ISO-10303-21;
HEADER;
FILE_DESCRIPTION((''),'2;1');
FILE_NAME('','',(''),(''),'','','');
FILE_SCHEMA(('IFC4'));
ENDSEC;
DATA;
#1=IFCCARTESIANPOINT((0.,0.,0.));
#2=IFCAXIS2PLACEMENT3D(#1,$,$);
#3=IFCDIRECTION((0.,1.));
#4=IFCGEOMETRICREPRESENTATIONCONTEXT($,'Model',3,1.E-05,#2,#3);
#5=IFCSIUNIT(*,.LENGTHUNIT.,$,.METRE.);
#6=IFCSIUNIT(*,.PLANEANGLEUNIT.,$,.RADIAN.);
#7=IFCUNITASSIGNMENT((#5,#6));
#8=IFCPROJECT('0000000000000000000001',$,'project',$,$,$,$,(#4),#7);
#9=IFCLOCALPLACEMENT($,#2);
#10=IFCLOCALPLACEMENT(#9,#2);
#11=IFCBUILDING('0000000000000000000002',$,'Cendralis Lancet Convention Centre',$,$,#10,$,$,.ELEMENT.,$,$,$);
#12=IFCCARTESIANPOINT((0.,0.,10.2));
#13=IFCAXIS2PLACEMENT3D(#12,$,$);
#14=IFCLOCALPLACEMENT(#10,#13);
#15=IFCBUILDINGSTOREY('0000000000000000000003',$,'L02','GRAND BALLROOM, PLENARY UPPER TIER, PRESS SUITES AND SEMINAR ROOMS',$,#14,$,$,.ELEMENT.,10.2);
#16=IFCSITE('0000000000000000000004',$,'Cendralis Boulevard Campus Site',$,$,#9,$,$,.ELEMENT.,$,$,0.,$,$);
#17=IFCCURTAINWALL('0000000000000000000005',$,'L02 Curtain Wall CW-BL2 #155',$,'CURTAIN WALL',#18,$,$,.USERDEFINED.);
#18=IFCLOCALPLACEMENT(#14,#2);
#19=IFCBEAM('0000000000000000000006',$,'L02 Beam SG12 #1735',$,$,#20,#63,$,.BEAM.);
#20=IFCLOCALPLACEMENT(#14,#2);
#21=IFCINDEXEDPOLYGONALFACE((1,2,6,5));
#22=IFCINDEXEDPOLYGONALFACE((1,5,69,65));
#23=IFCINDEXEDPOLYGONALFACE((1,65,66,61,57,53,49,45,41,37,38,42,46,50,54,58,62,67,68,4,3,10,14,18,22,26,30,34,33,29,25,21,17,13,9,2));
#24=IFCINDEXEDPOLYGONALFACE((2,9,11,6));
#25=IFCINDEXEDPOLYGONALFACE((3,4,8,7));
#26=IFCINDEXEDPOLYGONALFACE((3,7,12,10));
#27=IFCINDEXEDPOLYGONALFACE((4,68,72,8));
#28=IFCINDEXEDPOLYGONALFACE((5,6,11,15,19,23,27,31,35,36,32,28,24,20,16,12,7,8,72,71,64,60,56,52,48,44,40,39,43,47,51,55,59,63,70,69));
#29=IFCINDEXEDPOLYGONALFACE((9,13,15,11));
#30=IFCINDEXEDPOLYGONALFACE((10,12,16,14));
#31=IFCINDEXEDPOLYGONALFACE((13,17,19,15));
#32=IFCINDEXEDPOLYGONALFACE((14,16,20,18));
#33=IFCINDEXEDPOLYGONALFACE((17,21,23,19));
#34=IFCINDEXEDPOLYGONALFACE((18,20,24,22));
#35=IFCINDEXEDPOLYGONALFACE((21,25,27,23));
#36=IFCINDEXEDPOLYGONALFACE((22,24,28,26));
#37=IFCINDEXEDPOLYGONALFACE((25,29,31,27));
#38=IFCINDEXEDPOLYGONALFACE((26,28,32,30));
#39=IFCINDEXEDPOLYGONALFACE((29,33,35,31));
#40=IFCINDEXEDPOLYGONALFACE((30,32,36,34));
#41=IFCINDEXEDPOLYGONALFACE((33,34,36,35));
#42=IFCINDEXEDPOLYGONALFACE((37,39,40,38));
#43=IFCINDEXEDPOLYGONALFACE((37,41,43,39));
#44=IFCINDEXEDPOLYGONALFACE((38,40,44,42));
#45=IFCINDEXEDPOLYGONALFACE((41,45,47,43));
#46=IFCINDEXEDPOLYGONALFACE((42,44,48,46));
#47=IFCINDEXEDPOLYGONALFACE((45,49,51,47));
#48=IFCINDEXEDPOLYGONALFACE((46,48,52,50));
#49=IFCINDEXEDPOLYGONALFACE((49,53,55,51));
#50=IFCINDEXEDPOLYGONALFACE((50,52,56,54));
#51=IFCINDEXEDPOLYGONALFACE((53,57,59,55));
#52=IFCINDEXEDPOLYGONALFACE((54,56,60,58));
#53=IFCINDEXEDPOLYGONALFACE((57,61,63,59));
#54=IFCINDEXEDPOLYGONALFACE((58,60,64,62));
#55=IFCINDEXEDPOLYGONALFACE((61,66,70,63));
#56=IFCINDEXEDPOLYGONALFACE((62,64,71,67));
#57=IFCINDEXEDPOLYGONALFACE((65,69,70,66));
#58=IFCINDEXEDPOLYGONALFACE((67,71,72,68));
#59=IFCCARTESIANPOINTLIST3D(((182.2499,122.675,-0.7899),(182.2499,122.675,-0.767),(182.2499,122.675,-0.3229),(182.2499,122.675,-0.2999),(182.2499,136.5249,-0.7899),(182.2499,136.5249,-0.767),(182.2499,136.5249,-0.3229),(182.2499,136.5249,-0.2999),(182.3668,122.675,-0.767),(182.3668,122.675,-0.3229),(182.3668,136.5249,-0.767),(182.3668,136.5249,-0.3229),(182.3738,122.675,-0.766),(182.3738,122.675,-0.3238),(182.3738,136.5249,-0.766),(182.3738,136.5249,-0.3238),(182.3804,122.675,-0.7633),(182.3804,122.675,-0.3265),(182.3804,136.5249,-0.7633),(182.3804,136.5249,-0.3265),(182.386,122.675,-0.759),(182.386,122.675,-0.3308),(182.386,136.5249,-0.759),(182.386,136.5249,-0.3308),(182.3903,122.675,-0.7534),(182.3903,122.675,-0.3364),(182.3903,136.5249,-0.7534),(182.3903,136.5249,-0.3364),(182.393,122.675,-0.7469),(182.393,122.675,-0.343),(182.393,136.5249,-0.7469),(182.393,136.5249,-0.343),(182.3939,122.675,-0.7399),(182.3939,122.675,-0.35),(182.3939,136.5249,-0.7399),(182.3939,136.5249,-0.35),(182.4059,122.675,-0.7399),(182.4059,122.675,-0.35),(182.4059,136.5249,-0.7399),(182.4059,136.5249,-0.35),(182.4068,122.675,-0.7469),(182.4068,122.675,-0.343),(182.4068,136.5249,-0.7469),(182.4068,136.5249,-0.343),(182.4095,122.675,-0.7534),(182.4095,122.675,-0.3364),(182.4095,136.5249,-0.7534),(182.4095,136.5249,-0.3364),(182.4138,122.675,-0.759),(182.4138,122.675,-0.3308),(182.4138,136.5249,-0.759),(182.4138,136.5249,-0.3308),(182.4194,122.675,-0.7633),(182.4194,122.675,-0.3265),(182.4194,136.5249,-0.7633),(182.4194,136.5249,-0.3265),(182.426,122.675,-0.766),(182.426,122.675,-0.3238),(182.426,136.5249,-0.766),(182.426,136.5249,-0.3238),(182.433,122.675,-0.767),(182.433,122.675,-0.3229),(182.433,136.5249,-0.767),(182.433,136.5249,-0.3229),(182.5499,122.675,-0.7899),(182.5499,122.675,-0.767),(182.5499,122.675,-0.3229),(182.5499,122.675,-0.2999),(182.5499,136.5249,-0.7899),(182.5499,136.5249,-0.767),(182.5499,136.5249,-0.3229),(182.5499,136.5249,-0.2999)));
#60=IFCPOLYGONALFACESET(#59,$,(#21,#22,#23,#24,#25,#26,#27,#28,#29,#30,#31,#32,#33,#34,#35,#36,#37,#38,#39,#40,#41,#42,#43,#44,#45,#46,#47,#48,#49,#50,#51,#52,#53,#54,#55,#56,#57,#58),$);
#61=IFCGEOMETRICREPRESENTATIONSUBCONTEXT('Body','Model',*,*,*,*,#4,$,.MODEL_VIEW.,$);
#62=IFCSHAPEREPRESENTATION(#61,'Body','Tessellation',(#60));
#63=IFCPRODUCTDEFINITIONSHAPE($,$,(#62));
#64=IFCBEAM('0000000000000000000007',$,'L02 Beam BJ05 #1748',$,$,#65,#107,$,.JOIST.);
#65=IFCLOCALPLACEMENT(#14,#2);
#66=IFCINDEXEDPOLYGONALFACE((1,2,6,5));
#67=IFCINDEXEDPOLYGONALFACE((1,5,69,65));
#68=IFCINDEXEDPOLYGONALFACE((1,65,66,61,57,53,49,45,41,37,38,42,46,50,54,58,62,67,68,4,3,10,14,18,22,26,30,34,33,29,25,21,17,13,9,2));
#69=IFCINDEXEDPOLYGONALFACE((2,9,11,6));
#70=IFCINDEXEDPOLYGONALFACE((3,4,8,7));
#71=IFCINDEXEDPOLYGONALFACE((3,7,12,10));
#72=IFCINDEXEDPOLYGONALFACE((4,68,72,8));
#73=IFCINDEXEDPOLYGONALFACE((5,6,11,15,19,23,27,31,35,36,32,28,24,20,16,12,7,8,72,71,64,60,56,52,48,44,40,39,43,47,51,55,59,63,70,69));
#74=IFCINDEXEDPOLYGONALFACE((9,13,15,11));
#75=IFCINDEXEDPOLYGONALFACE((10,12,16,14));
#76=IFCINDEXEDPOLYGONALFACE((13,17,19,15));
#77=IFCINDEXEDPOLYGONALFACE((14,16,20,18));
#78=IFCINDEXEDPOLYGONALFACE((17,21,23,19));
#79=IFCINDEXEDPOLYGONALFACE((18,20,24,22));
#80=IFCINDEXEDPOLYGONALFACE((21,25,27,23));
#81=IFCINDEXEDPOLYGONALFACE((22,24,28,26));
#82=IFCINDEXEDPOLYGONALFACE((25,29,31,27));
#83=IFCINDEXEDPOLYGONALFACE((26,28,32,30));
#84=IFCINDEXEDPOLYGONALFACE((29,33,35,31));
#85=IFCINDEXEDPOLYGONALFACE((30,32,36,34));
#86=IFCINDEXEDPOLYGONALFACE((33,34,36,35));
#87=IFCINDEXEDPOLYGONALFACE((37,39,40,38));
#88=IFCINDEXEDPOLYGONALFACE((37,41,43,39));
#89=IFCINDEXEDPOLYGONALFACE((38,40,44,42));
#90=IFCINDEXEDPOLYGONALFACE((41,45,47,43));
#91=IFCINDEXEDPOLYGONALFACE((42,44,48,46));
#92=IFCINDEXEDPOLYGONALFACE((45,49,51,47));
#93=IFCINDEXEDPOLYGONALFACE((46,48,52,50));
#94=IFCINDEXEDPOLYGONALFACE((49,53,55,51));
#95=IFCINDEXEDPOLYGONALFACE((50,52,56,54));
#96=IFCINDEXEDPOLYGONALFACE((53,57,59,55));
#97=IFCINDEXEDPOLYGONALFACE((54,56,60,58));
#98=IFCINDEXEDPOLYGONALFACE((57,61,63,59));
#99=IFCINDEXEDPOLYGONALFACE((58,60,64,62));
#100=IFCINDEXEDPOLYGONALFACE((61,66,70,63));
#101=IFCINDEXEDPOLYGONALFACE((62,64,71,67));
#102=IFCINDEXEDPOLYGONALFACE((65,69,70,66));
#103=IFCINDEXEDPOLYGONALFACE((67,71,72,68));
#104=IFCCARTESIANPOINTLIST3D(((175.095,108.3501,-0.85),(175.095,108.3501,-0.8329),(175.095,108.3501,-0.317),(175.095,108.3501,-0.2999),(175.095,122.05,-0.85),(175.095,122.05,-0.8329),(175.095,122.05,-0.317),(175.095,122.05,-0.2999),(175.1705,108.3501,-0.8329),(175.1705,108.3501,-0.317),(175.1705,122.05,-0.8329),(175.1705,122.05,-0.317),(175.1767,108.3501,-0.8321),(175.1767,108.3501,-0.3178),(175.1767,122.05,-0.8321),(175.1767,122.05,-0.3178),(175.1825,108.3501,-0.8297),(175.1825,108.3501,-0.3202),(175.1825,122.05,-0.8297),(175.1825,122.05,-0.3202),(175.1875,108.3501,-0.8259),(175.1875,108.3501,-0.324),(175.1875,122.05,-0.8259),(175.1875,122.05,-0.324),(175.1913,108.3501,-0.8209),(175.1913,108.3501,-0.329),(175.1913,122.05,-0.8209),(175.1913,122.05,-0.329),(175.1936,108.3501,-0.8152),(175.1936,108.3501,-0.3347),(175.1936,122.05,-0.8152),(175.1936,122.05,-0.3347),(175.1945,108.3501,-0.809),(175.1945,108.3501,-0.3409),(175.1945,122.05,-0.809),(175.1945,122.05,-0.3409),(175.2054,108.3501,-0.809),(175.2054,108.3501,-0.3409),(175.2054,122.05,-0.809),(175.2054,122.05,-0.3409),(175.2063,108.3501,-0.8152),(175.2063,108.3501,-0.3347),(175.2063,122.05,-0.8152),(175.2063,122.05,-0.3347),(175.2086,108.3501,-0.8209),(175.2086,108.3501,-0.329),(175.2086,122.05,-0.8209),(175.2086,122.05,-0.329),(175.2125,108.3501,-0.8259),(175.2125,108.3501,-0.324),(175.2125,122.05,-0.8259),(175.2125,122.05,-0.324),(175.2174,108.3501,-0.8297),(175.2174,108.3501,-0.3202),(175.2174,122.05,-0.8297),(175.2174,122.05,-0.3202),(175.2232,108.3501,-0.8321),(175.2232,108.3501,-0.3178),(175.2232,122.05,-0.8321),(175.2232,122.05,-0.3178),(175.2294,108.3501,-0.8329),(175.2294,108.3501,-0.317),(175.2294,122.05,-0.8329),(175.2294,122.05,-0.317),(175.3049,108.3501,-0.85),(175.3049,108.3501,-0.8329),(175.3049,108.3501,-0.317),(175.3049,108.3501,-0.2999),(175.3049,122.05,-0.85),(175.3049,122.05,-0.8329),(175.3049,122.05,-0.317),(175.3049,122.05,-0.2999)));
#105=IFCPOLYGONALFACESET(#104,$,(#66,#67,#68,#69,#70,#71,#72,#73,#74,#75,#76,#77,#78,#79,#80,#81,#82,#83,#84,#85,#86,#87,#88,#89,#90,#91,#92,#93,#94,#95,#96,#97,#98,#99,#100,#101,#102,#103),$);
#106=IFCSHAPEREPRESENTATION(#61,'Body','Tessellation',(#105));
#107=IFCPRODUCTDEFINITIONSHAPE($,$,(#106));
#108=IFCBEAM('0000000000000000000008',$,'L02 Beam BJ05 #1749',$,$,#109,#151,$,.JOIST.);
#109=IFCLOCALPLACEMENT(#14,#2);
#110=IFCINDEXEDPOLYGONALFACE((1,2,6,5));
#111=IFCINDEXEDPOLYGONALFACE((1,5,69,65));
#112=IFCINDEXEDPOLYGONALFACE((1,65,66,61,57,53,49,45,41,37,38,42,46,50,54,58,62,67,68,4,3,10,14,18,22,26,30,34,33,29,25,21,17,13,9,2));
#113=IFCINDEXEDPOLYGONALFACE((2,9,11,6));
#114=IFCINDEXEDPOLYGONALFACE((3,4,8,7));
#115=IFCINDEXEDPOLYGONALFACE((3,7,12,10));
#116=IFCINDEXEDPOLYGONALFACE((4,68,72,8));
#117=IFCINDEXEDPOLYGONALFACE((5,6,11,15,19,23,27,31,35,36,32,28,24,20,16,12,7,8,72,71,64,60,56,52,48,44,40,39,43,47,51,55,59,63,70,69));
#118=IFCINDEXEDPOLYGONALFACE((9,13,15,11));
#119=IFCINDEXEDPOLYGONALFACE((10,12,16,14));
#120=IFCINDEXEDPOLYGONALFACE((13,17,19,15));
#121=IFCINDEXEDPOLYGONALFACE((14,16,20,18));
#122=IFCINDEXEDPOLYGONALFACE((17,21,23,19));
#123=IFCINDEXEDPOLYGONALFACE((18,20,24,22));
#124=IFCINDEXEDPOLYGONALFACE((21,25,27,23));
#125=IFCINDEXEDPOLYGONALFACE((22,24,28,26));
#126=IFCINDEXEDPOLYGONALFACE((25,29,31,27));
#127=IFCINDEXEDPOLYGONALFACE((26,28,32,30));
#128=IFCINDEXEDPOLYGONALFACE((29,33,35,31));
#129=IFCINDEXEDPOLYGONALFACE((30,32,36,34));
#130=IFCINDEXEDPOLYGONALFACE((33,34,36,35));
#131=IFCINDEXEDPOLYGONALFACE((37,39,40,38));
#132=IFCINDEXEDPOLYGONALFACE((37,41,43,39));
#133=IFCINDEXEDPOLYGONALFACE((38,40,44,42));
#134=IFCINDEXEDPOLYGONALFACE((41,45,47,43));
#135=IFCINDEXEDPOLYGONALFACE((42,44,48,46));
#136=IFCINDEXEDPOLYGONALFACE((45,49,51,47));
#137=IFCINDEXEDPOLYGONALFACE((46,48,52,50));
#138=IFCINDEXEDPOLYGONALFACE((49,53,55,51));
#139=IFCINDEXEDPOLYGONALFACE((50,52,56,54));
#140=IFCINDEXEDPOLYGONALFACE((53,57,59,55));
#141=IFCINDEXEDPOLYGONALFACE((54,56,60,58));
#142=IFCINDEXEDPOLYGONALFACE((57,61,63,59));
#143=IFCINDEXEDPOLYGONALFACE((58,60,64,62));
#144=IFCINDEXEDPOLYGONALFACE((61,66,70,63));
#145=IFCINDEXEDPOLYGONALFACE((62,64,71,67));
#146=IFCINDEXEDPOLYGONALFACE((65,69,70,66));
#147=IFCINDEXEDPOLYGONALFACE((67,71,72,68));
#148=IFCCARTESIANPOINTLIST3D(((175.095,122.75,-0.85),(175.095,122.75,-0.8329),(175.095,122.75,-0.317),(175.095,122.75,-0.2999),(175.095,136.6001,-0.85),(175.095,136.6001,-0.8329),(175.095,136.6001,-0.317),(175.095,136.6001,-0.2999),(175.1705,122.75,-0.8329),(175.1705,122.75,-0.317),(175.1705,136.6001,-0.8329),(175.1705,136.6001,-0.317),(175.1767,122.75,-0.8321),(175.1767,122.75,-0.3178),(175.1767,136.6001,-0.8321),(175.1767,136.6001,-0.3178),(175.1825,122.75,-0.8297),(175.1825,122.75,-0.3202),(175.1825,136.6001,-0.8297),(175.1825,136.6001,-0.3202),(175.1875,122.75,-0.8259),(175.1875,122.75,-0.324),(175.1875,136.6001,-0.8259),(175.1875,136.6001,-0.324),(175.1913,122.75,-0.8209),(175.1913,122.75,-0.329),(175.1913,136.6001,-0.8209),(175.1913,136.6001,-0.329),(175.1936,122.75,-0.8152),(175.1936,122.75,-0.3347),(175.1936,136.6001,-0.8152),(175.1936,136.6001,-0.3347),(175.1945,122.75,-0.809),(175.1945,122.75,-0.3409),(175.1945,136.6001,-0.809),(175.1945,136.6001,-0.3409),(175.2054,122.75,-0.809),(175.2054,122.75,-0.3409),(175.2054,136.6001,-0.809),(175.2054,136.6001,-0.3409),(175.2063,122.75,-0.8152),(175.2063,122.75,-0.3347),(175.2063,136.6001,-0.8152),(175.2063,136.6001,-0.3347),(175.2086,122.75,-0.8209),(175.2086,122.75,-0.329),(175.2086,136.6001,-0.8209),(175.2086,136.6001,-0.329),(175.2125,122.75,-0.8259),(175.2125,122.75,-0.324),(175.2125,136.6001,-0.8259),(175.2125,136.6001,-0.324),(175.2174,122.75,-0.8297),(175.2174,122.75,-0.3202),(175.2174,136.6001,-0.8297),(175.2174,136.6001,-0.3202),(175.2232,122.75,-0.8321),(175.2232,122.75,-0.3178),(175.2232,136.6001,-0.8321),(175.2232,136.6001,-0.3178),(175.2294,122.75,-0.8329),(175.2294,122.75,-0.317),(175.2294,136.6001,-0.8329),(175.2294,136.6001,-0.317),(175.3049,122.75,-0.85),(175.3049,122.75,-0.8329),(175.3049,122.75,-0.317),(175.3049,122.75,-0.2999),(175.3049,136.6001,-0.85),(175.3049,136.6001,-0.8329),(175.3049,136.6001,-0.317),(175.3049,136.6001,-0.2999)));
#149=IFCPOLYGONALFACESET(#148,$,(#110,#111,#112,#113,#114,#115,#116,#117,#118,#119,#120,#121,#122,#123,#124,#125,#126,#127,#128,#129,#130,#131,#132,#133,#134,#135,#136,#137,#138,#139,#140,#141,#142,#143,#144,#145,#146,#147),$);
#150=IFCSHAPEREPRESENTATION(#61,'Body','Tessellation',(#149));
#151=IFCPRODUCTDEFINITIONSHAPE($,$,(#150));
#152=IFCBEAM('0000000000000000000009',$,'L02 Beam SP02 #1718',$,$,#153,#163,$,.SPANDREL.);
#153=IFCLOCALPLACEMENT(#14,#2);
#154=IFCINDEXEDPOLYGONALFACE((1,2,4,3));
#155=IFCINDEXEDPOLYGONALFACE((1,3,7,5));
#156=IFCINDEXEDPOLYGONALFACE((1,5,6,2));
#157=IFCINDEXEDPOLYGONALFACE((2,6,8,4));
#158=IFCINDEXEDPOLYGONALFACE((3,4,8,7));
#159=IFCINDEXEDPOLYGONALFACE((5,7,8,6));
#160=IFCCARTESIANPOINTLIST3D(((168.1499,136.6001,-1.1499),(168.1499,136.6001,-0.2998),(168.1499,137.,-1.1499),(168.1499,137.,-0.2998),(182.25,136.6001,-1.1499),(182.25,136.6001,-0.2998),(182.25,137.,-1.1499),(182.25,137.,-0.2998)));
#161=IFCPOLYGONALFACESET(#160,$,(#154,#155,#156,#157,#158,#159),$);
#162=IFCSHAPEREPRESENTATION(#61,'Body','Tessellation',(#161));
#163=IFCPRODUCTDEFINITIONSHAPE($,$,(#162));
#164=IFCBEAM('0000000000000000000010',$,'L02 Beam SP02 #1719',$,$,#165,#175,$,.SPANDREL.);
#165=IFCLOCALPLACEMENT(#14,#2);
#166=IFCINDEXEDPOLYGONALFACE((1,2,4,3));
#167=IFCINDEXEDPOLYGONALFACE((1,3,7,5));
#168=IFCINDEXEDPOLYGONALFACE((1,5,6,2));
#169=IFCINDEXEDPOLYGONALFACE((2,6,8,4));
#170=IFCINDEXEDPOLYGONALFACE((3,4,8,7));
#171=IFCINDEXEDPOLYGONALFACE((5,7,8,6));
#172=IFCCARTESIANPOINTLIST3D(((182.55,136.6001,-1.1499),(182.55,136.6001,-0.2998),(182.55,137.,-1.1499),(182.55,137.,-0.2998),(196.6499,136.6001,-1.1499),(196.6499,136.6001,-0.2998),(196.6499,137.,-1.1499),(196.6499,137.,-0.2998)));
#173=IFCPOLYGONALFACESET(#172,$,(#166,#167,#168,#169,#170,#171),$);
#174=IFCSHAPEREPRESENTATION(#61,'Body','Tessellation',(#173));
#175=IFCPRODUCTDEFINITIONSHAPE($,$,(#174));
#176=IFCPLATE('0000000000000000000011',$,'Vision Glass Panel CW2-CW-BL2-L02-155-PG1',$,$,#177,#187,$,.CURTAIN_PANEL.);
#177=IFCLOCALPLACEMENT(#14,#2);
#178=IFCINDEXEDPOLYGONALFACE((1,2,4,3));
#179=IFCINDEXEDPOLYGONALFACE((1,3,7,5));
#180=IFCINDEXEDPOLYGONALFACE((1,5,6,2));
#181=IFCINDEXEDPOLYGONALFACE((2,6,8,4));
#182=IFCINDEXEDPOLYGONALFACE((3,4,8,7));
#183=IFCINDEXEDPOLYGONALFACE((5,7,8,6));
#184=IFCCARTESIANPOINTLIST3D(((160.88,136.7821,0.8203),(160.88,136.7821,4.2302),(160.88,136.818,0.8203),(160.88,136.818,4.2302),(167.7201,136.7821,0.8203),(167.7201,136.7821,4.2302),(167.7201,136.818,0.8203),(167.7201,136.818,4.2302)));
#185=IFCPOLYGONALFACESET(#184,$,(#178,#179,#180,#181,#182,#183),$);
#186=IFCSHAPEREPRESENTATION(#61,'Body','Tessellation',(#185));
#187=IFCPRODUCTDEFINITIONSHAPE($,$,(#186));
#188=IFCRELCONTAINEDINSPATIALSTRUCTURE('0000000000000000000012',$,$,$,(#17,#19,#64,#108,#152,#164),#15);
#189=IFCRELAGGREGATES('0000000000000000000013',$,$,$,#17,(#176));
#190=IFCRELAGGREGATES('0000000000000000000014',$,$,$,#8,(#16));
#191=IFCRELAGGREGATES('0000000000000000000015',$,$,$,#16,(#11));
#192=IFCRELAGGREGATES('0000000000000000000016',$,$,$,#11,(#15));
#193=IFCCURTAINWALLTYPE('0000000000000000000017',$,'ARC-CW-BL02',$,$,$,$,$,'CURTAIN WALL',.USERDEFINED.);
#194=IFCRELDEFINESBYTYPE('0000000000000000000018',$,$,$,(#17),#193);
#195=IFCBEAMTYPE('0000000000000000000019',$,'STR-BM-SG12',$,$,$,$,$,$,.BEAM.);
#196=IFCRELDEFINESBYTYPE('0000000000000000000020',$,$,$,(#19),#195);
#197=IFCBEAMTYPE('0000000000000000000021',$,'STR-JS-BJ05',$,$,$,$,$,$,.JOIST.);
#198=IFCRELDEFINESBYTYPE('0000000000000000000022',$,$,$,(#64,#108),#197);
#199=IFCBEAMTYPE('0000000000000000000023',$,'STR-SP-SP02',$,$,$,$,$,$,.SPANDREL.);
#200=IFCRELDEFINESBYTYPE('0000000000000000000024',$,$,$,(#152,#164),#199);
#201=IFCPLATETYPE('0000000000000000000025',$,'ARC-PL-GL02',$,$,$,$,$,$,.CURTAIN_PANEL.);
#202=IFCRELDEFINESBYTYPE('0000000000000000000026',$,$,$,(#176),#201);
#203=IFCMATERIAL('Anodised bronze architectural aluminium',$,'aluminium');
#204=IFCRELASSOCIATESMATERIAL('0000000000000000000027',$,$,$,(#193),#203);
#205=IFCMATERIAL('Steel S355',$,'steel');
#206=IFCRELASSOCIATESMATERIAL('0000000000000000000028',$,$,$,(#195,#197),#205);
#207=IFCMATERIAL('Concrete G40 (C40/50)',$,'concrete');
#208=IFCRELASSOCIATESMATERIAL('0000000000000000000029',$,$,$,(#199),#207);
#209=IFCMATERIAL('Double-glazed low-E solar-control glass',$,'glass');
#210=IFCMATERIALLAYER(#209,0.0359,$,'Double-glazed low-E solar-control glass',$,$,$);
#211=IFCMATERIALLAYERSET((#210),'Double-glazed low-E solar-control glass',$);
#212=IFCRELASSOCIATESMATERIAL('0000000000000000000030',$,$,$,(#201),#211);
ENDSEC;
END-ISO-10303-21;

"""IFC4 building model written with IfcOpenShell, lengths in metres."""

from ifc_helpers import new_model, si_unit, direction, frame, origin, origin_2d, place, context, subcontext, project, spatial, rectangle, i_section, extrude, material, layer, layer_set, material_profile, profile_set, type_object, element, aggregate, save


model = new_model("IFC4")

# Units and contexts
model_context = context("Model", 3, precision=1e-05, world=origin(), true_north=direction((0.0, 1.0)))
body_context = subcontext(model_context, "Body", "Model", "MODEL_VIEW")
ifc_project = project(units=[si_unit("LENGTHUNIT", "METRE"), si_unit("PLANEANGLEUNIT", "RADIAN")], contexts=[model_context])

# Site, building, storey
site_placement = place(None, origin())
site = spatial("IfcSite", under=ifc_project, at=site_placement, Name="Cendralis Boulevard Campus Site", CompositionType="ELEMENT", RefElevation=0.0)
building_placement = place(site_placement, origin())
building = spatial("IfcBuilding", under=site, at=building_placement, Name="Cendralis Lancet Convention Centre", CompositionType="ELEMENT")
storey_placement = place(building_placement, frame((0.0, 0.0, 10.2)))
storey = spatial("IfcBuildingStorey", under=building, at=storey_placement, Name="L02", Description="GRAND BALLROOM, PLENARY UPPER TIER, PRESS SUITES AND SEMINAR ROOMS", CompositionType="ELEMENT", Elevation=10.2)

# Shared definitions
ifc_material_1 = material(Name="Steel S355", Category="steel")

# Curtain wall
ifc_material_2 = material(Name="Anodised bronze architectural aluminium", Category="aluminium")
curtain_wall_type = type_object("IfcCurtainWallType", Name="ARC-CW-BL02", ElementType="CURTAIN WALL", PredefinedType="USERDEFINED", material=ifc_material_2)
curtain_wall_1_placement = place(storey_placement, origin())
curtain_wall_1 = element("IfcCurtainWall", 1, at=curtain_wall_1_placement, inside=storey, type_object=curtain_wall_type, Name="L02 Curtain Wall CW-BL2 #155", ObjectType="CURTAIN WALL", PredefinedType="USERDEFINED")

# Beams
ifc_material_3 = material(Name="Concrete G40 (C40/50)", Category="concrete")
ifc_material_profile_1 = material_profile(ifc_material_1, i_section(OverallWidth=0.3, OverallDepth=0.49, WebThickness=0.012, FlangeThickness=0.0229, FilletRadius=0.0271, at=origin_2d()), Name="HEA 500")
ifc_profile_set_1 = profile_set([ifc_material_profile_1], Name="Steel S355")
beam_type_1 = type_object("IfcBeamType", Name="STR-BM-SG12", PredefinedType="BEAM", material=ifc_profile_set_1)
beam_1_placement = place(storey_placement, frame((182.3999, 122.675, -0.5449), z_axis=(0.0, 1.0, 0.0), x_axis=(-1.0, 0.0, 0.0)))
element("IfcBeam", 2, at=beam_1_placement, inside=storey, type_object=beam_type_1, Name="L02 Beam SG12 #1735", PredefinedType="BEAM", context=body_context, shape_type="SweptSolid", body=[
    extrude(i_section(OverallWidth=0.3, OverallDepth=0.49, WebThickness=0.012, FlangeThickness=0.0229, FilletRadius=0.0271, at=origin_2d()), origin(), (0.0, 0.0, 1.0), 13.8499),
])
ifc_material_profile_2 = material_profile(ifc_material_1, i_section(OverallWidth=0.21, OverallDepth=0.55, WebThickness=0.011, FlangeThickness=0.0171, FilletRadius=0.0239, at=origin_2d()), Name="IPE 550")
ifc_profile_set_2 = profile_set([ifc_material_profile_2], Name="Steel S355")
beam_type_2 = type_object("IfcBeamType", Name="STR-JS-BJ05", PredefinedType="JOIST", material=ifc_profile_set_2)
beam_2_placement = place(storey_placement, frame((175.2, 108.3501, -0.575), z_axis=(0.0, 1.0, 0.0), x_axis=(-1.0, 0.0, 0.0)))
element("IfcBeam", 3, at=beam_2_placement, inside=storey, type_object=beam_type_2, Name="L02 Beam BJ05 #1748", PredefinedType="JOIST", context=body_context, shape_type="SweptSolid", body=[
    extrude(i_section(OverallWidth=0.21, OverallDepth=0.55, WebThickness=0.011, FlangeThickness=0.0171, FilletRadius=0.0239, at=origin_2d()), origin(), (0.0, 0.0, 1.0), 13.7),
])
beam_3_placement = place(storey_placement, frame((175.2, 122.75, -0.575), z_axis=(0.0, 1.0, 0.0), x_axis=(-1.0, 0.0, 0.0)))
element("IfcBeam", 4, at=beam_3_placement, inside=storey, type_object=beam_type_2, Name="L02 Beam BJ05 #1749", PredefinedType="JOIST", context=body_context, shape_type="SweptSolid", body=[
    extrude(i_section(OverallWidth=0.21, OverallDepth=0.55, WebThickness=0.011, FlangeThickness=0.0171, FilletRadius=0.0239, at=origin_2d()), origin(), (0.0, 0.0, 1.0), 13.8501),
])
ifc_material_profile_3 = material_profile(ifc_material_3, rectangle(XDim=0.3999, YDim=0.8501, at=origin_2d()), Name="RCB 400x850")
ifc_profile_set_3 = profile_set([ifc_material_profile_3], Name="Concrete G40 (C40/50)")
beam_type_3 = type_object("IfcBeamType", Name="STR-SP-SP02", PredefinedType="SPANDREL", material=ifc_profile_set_3)
beam_4_placement = place(storey_placement, frame((168.1499, 136.8, -0.7249), z_axis=(1.0, 0.0, 0.0), x_axis=(0.0, 1.0, 0.0)))
element("IfcBeam", 5, at=beam_4_placement, inside=storey, type_object=beam_type_3, Name="L02 Beam SP02 #1718", PredefinedType="SPANDREL", context=body_context, shape_type="SweptSolid", body=[
    extrude(rectangle(XDim=0.3999, YDim=0.8501, at=origin_2d()), origin(), (0.0, 0.0, 1.0), 14.1001),
])
beam_5_placement = place(storey_placement, frame((182.55, 136.8, -0.7249), z_axis=(1.0, 0.0, 0.0), x_axis=(0.0, 1.0, 0.0)))
element("IfcBeam", 6, at=beam_5_placement, inside=storey, type_object=beam_type_3, Name="L02 Beam SP02 #1719", PredefinedType="SPANDREL", context=body_context, shape_type="SweptSolid", body=[
    extrude(rectangle(XDim=0.3999, YDim=0.8501, at=origin_2d()), origin(), (0.0, 0.0, 1.0), 14.0999),
])

# Plate
ifc_material_4 = material(Name="Double-glazed low-E solar-control glass", Category="glass")
ifc_layer_1 = layer(ifc_material_4, 0.0359, Name="Double-glazed low-E solar-control glass")
ifc_layer_set_1 = layer_set([ifc_layer_1], Name="Double-glazed low-E solar-control glass")
plate_type_1 = type_object("IfcPlateType", Name="ARC-PL-GL02", PredefinedType="CURTAIN_PANEL", material=ifc_layer_set_1)
plate_1_placement = place(storey_placement, frame((164.3, 136.8, 0.8203), z_axis=(0.0, 0.0, 1.0), x_axis=(1.0, 0.0, 0.0)))
plate_1 = element("IfcPlate", 7, at=plate_1_placement, type_object=plate_type_1, Name="Vision Glass Panel CW2-CW-BL2-L02-155-PG1", PredefinedType="CURTAIN_PANEL", context=body_context, shape_type="SweptSolid", body=[
    extrude(rectangle(XDim=6.8401, YDim=0.0359, at=origin_2d()), origin(), (0.0, 0.0, 1.0), 3.4099),
])
aggregate(curtain_wall_1, [plate_1])

save(model, "model.ifc")
